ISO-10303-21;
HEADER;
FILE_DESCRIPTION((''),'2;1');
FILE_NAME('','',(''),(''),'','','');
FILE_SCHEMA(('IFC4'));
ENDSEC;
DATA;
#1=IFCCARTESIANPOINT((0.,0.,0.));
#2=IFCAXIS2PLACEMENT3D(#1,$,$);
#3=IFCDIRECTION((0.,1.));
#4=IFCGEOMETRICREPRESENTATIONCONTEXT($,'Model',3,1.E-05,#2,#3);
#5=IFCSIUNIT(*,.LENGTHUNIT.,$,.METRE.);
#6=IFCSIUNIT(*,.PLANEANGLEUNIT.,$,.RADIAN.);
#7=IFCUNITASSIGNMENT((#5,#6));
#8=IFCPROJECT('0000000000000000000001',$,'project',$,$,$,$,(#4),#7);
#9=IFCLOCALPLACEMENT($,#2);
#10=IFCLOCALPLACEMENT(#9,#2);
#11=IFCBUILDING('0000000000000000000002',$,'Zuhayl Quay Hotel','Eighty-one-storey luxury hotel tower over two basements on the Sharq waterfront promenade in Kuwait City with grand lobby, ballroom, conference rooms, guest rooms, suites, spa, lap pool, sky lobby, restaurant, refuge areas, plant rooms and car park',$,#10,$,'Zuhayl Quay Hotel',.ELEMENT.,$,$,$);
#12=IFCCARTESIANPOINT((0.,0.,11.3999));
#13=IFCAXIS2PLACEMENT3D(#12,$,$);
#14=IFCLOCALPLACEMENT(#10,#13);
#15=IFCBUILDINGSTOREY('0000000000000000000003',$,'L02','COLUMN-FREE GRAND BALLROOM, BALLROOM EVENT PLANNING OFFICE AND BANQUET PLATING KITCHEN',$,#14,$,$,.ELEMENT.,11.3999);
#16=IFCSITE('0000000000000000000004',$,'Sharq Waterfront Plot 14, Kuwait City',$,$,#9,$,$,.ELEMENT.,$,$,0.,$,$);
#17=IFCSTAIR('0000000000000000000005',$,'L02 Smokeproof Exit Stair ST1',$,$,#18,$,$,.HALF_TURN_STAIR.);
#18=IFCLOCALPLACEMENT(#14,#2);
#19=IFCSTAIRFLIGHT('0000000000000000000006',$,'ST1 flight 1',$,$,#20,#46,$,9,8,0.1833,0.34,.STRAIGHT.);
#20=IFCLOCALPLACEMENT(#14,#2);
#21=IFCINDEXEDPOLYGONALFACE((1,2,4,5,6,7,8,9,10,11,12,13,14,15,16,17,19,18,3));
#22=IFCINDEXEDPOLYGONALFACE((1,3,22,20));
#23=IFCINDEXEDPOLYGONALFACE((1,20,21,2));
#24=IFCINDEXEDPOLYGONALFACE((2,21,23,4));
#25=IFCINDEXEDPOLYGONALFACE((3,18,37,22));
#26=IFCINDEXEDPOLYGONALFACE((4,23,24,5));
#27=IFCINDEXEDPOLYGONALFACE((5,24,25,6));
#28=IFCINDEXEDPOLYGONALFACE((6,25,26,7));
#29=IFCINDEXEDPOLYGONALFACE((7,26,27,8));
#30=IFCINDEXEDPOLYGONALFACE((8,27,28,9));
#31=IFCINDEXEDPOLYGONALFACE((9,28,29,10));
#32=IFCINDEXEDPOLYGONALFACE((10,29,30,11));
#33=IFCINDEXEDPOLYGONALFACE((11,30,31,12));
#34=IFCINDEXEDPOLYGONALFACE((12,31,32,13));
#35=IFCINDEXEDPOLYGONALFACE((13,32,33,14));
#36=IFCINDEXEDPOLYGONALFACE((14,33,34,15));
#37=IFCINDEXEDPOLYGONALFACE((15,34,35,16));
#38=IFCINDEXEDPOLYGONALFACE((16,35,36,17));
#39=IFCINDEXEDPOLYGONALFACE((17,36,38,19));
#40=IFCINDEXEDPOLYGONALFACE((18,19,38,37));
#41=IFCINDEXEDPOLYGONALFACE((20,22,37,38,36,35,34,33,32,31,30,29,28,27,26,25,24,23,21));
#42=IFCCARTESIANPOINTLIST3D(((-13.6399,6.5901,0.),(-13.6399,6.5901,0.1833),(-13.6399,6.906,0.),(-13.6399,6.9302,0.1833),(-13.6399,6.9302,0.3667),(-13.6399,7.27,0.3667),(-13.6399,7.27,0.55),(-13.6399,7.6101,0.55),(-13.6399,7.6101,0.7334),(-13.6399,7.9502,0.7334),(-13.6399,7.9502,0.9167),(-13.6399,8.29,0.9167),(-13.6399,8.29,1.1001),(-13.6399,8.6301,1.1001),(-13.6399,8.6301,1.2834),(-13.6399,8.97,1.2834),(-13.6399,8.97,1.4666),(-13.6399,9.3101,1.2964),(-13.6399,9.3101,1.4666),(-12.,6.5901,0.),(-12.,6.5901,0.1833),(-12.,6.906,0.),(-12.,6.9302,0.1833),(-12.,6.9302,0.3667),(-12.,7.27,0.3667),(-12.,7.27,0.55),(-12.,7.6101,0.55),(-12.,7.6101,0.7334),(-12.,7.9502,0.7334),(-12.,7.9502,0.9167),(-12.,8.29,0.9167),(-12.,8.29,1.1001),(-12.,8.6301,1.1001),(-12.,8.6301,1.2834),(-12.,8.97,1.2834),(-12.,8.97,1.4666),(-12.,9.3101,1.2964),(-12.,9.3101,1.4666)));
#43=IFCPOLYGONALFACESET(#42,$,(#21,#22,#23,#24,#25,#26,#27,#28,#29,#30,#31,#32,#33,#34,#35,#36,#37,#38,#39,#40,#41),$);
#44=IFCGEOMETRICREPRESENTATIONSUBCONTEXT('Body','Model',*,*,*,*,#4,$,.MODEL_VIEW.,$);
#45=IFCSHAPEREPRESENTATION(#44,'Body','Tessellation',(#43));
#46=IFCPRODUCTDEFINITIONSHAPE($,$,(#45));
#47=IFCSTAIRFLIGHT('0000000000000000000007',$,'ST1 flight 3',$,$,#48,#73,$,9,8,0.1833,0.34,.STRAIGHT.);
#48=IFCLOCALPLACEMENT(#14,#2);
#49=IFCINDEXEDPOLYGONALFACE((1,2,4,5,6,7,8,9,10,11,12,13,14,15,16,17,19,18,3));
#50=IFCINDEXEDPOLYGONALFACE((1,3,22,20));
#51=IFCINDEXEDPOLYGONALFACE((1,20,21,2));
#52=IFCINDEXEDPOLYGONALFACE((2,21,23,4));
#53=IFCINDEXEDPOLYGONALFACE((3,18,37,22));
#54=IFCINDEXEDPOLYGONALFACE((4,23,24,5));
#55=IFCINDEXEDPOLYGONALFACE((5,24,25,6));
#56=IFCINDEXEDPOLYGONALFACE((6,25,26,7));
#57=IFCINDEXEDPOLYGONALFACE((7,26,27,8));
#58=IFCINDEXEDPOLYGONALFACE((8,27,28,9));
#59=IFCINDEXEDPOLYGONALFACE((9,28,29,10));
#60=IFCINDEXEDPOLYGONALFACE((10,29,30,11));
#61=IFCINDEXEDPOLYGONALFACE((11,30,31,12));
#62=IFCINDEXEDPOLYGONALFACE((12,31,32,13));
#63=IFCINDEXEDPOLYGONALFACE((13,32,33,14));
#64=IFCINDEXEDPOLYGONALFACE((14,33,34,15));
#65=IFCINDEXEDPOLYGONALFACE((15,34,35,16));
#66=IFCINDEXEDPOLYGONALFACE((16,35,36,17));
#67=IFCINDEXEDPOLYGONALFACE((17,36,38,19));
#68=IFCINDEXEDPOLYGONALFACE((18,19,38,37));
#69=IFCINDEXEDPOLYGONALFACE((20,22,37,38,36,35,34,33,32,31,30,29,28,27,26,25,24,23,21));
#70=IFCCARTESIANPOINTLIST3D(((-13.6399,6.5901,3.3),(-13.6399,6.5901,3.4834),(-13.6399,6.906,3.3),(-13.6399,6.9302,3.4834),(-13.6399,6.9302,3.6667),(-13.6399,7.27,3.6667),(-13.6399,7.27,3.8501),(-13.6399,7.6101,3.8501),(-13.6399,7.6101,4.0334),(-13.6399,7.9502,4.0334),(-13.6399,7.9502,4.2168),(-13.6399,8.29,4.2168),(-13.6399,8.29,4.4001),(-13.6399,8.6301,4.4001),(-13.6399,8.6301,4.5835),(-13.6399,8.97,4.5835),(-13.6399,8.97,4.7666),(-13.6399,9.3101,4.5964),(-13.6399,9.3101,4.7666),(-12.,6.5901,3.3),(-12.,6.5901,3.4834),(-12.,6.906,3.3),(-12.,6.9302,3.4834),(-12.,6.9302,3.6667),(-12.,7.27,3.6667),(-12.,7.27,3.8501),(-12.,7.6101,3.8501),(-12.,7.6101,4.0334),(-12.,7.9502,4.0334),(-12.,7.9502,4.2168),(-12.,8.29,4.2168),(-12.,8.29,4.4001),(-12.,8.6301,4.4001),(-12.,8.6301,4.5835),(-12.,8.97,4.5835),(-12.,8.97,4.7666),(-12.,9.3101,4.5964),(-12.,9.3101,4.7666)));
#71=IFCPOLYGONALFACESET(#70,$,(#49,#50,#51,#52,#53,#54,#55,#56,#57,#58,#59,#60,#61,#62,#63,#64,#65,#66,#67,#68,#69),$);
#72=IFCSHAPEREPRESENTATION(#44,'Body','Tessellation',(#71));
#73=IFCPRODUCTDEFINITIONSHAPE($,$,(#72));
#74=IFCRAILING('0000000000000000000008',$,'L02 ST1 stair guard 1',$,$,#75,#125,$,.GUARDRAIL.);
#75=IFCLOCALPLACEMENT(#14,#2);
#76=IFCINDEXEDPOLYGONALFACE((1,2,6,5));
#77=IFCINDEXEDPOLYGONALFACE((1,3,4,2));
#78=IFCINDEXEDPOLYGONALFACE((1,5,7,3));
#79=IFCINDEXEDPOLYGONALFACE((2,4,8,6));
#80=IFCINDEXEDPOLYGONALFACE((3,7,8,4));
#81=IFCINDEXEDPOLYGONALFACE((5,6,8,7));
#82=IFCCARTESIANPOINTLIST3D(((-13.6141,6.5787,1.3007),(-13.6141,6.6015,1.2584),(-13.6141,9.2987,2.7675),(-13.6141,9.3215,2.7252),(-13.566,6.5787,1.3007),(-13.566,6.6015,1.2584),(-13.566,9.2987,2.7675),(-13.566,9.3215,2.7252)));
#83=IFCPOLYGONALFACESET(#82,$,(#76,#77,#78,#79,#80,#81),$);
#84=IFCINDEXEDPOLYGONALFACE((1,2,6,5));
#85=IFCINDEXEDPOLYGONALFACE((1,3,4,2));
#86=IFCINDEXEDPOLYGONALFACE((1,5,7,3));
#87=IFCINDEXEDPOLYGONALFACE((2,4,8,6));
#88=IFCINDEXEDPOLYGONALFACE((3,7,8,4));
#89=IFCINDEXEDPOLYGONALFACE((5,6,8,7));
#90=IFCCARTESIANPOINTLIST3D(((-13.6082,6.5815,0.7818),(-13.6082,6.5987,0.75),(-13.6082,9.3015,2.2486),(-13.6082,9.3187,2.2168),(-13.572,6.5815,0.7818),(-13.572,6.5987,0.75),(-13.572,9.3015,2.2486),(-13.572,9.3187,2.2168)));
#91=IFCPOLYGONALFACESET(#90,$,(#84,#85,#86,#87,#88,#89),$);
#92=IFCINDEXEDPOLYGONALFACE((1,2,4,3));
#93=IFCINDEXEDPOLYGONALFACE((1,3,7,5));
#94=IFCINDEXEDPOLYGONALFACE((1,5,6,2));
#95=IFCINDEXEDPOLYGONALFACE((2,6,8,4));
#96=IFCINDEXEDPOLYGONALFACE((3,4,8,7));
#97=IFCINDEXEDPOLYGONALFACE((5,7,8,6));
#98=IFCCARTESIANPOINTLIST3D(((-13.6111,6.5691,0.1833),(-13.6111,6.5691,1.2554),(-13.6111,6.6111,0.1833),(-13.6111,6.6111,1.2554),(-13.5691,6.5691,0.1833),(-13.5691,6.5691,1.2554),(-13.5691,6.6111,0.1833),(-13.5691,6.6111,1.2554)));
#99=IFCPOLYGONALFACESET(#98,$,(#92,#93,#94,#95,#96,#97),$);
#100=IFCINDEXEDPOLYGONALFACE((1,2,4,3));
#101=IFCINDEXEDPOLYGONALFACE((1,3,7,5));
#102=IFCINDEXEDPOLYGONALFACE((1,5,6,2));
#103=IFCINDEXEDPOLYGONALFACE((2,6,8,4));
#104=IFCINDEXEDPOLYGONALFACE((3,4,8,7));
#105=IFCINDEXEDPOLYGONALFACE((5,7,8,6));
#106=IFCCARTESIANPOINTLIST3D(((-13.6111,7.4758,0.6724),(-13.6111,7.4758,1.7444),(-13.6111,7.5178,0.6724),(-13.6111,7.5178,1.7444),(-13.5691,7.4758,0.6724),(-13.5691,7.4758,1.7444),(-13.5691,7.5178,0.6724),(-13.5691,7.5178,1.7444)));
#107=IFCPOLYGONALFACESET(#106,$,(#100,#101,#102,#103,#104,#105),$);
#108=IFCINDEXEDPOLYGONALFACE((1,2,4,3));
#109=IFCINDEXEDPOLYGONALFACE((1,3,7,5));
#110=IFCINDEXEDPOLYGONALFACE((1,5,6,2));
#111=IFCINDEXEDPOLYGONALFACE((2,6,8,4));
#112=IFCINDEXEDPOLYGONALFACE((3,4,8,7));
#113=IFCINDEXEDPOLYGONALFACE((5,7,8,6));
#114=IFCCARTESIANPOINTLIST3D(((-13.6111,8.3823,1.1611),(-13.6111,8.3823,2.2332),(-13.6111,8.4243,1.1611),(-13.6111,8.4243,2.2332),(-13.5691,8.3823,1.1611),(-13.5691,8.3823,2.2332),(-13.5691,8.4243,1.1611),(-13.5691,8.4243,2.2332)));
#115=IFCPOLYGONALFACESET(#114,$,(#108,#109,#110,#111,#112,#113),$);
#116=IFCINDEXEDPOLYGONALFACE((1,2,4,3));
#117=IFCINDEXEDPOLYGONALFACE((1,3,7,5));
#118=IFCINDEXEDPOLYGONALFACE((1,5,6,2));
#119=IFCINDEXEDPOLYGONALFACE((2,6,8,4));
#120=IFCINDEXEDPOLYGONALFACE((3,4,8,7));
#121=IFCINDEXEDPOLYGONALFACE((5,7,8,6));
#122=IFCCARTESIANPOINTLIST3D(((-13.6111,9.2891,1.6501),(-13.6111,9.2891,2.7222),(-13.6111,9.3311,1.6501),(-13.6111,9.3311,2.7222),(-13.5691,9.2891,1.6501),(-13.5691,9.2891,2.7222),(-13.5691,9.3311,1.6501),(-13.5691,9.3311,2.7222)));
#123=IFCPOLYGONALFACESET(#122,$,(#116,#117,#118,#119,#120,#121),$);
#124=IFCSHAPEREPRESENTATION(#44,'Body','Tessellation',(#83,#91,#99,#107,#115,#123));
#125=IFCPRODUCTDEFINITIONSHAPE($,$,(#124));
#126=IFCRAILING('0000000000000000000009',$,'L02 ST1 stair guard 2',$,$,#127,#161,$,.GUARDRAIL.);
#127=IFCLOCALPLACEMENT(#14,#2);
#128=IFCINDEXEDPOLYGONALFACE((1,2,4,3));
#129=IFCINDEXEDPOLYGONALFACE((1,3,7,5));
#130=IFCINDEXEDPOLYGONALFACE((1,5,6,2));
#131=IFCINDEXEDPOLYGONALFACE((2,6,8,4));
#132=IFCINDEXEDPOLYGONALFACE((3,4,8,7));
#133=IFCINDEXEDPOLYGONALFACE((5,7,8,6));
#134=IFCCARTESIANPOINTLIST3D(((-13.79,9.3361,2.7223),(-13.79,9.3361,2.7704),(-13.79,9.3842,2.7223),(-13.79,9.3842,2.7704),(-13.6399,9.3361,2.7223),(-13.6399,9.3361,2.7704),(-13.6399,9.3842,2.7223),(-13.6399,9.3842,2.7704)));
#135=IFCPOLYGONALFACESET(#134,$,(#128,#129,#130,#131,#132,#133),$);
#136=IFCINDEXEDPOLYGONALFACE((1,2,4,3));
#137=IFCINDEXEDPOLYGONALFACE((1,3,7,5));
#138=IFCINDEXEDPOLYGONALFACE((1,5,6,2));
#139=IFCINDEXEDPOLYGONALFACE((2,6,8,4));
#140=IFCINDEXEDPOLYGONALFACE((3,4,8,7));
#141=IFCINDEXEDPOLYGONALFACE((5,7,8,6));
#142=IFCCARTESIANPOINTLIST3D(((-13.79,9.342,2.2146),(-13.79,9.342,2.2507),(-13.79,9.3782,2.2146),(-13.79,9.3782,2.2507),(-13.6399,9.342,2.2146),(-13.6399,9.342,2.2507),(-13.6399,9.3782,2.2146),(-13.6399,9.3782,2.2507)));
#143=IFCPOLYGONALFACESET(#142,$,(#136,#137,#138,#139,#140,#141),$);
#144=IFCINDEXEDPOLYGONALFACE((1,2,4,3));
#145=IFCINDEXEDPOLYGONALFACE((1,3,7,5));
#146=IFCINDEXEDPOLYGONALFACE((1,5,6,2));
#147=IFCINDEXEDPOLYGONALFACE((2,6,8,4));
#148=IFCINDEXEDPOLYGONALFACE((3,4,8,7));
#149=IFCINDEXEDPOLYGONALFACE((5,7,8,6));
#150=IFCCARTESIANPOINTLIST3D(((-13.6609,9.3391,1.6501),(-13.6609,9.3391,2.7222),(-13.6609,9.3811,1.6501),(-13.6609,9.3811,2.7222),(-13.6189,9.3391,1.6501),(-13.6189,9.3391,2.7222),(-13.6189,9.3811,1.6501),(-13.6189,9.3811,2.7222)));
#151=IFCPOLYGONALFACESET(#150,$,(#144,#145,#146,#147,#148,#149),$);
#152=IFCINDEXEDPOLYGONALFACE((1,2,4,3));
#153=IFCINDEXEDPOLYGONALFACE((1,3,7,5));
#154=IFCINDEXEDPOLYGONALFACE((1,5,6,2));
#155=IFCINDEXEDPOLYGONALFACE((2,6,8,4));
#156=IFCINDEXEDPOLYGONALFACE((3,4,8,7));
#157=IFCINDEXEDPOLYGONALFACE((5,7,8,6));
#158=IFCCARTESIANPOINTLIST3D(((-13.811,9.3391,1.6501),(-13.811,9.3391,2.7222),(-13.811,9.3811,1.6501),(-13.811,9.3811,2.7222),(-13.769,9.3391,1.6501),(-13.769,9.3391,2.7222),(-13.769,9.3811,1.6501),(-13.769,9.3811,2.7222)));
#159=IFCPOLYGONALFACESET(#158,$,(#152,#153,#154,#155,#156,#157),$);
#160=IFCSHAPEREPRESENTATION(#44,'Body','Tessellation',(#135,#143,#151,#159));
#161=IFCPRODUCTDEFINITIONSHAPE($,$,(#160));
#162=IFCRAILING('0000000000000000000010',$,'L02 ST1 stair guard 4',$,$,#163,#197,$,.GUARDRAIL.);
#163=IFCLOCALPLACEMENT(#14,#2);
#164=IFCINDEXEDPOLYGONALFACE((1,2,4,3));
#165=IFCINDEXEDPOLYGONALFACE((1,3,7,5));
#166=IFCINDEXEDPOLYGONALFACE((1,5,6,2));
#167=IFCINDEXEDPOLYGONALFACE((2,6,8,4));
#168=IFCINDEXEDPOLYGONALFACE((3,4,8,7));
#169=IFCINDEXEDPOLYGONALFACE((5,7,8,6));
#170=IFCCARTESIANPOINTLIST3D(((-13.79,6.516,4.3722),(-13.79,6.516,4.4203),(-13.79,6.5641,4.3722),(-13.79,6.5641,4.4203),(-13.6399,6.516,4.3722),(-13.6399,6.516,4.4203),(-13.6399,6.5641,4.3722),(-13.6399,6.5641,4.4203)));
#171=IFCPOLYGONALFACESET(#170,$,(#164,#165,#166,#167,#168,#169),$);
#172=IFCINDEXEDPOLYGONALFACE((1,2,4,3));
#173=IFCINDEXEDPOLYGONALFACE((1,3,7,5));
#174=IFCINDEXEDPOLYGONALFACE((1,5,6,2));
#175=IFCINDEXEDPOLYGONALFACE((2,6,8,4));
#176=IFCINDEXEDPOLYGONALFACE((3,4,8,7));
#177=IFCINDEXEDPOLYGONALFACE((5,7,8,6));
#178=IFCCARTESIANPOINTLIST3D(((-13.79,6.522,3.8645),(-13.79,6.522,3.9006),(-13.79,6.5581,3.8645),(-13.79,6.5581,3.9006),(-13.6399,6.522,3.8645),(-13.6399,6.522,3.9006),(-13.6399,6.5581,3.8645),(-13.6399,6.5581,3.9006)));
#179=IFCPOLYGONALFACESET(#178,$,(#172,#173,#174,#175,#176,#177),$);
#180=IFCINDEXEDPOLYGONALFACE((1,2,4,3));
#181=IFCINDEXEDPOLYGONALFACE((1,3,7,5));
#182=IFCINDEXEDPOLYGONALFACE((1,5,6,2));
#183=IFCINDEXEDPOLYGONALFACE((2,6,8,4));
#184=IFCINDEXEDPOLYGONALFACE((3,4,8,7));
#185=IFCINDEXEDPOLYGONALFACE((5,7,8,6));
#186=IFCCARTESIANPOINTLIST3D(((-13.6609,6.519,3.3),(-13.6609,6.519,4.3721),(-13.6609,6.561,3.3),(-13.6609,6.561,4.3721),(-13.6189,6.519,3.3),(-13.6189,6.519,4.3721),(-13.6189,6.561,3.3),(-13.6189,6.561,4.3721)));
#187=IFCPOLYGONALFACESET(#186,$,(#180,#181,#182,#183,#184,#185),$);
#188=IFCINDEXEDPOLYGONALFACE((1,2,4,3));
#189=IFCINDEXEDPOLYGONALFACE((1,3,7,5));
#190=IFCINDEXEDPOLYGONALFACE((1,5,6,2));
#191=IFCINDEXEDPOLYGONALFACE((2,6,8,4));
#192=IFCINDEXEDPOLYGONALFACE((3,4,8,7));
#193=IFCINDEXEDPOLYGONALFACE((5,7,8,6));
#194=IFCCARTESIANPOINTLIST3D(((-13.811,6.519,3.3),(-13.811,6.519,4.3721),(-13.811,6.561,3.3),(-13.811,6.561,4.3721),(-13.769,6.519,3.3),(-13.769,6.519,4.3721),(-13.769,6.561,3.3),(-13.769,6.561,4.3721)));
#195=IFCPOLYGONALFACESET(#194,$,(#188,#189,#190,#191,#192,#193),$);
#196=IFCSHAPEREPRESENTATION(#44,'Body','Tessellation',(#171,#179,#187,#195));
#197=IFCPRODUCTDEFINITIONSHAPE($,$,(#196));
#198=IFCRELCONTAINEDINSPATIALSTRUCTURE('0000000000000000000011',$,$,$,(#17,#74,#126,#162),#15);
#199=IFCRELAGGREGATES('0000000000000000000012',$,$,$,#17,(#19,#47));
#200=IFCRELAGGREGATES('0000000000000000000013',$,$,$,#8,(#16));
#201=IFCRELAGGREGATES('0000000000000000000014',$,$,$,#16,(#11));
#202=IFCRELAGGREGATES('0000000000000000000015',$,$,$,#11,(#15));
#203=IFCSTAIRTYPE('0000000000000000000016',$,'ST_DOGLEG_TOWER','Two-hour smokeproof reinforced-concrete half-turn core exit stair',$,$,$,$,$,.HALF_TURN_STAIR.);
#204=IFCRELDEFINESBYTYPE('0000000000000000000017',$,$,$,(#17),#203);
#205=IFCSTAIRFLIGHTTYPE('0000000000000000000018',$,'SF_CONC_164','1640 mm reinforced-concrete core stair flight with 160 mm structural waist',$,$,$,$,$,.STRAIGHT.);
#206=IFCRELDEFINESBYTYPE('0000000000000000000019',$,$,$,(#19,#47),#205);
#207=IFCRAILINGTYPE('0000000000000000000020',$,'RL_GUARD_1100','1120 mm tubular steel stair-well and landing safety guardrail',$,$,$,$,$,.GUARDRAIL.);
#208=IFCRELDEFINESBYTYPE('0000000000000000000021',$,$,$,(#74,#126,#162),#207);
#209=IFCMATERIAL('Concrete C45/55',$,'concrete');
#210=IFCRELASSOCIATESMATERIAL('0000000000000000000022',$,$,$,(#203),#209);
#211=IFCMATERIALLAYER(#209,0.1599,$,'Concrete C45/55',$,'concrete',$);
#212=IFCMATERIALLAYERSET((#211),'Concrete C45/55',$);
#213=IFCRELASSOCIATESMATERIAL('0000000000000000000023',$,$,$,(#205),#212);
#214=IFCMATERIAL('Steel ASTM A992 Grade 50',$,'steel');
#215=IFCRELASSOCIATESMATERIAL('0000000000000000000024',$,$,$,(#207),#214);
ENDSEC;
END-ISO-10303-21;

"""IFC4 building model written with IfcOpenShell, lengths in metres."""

from ifc_helpers import new_model, si_unit, direction, frame, origin, origin_2d, place, context, subcontext, project, spatial, polyline, rectangle, outline, extrude, material, layer, layer_set, type_object, element, aggregate, save


model = new_model("IFC4")

# Units and contexts
model_context = context("Model", 3, precision=1e-05, world=origin(), true_north=direction((0.0, 1.0)))
body_context = subcontext(model_context, "Body", "Model", "MODEL_VIEW")
ifc_project = project(units=[si_unit("LENGTHUNIT", "METRE"), si_unit("PLANEANGLEUNIT", "RADIAN")], contexts=[model_context])

# Site, building, storey
site_placement = place(None, origin())
site = spatial("IfcSite", under=ifc_project, at=site_placement, Name="Sharq Waterfront Plot 14, Kuwait City", CompositionType="ELEMENT", RefElevation=0.0)
building_placement = place(site_placement, origin())
building = spatial("IfcBuilding", under=site, at=building_placement, Name="Zuhayl Quay Hotel", Description="Eighty-one-storey luxury hotel tower over two basements on the Sharq waterfront promenade in Kuwait City with grand lobby, ballroom, conference rooms, guest rooms, suites, spa, lap pool, sky lobby, restaurant, refuge areas, plant rooms and car park", LongName="Zuhayl Quay Hotel", CompositionType="ELEMENT")
storey_placement = place(building_placement, frame((0.0, 0.0, 11.3999)))
storey = spatial("IfcBuildingStorey", under=building, at=storey_placement, Name="L02", Description="COLUMN-FREE GRAND BALLROOM, BALLROOM EVENT PLANNING OFFICE AND BANQUET PLATING KITCHEN", CompositionType="ELEMENT", Elevation=11.3999)

# Shared definitions
ifc_material_1 = material(Name="Steel ASTM A992 Grade 50", Category="steel")

# Stair, stair flights
ifc_material_2 = material(Name="Concrete C45/55", Category="concrete")
stair_type = type_object("IfcStairType", Name="ST_DOGLEG_TOWER", Description="Two-hour smokeproof reinforced-concrete half-turn core exit stair", PredefinedType="HALF_TURN_STAIR", material=ifc_material_2)
stair_placement = place(storey_placement, origin())
stair = element("IfcStair", 1, at=stair_placement, inside=storey, type_object=stair_type, Name="L02 Smokeproof Exit Stair ST1", PredefinedType="HALF_TURN_STAIR")
ifc_layer_1 = layer(ifc_material_2, 0.1599, Name="Concrete C45/55", Category="concrete")
ifc_layer_set_1 = layer_set([ifc_layer_1], Name="Concrete C45/55")
stair_flight_type = type_object("IfcStairFlightType", Name="SF_CONC_164", Description="1640 mm reinforced-concrete core stair flight with 160 mm structural waist", PredefinedType="STRAIGHT", material=ifc_layer_set_1)
stair_flight_1_placement = place(storey_placement, frame((-12.8201, 6.5901, 0.0), z_axis=(0.0, 0.0, 1.0), x_axis=(0.0, 1.0, 0.0)))
stair_flight_1 = element("IfcStairFlight", 2, at=stair_flight_1_placement, type_object=stair_flight_type, Name="ST1 flight 1", NumberOfRisers=9, NumberOfTreads=8, PredefinedType="STRAIGHT", RiserHeight=0.1833, TreadLength=0.34, context=body_context, shape_type="SweptSolid", body=[
    extrude(outline(polyline([(0.0, 0.0), (0.0, 0.1833), (0.3401, 0.1833), (0.3401, 0.3667), (0.6799, 0.3667), (0.6799, 0.55), (1.02, 0.55), (1.02, 0.7334), (1.3601, 0.7334), (1.3601, 0.9167), (1.7, 0.9167), (1.7, 1.1001), (2.04, 1.1001), (2.04, 1.2834), (2.3799, 1.2834), (2.3799, 1.4666), (2.72, 1.4666), (2.72, 1.6499), (2.72, 1.2964), (0.3159, 0.0), (0.0, 0.0)])), frame((0.0, 0.8198, 0.0), z_axis=(0.0, -1.0, 0.0), x_axis=(1.0, 0.0, 0.0)), (0.0, 0.0, 1.0), 1.6399),
])
stair_flight_2_placement = place(storey_placement, frame((-12.8201, 6.5901, 3.3), z_axis=(0.0, 0.0, 1.0), x_axis=(0.0, 1.0, 0.0)))
stair_flight_2 = element("IfcStairFlight", 3, at=stair_flight_2_placement, type_object=stair_flight_type, Name="ST1 flight 3", NumberOfRisers=9, NumberOfTreads=8, PredefinedType="STRAIGHT", RiserHeight=0.1833, TreadLength=0.34, context=body_context, shape_type="SweptSolid", body=[
    extrude(outline(polyline([(0.0, 0.0), (0.0, 0.1833), (0.3401, 0.1833), (0.3401, 0.3667), (0.6799, 0.3667), (0.6799, 0.55), (1.02, 0.55), (1.02, 0.7334), (1.3601, 0.7334), (1.3601, 0.9167), (1.7, 0.9167), (1.7, 1.1001), (2.04, 1.1001), (2.04, 1.2834), (2.3799, 1.2834), (2.3799, 1.4666), (2.72, 1.4666), (2.72, 1.6499), (2.72, 1.2964), (0.3159, 0.0), (0.0, 0.0)])), frame((0.0, 0.8198, 0.0), z_axis=(0.0, -1.0, 0.0), x_axis=(1.0, 0.0, 0.0)), (0.0, 0.0, 1.0), 1.6399),
])
aggregate(stair, [stair_flight_1, stair_flight_2])

# Railings
railing_type_1 = type_object("IfcRailingType", Name="RL_GUARD_1100", Description="1120 mm tubular steel stair-well and landing safety guardrail", PredefinedType="GUARDRAIL", material=ifc_material_1)
railing_1_placement = place(storey_placement, frame((-13.5901, 6.5901, 0.1833)))
element("IfcRailing", 4, at=railing_1_placement, inside=storey, type_object=railing_type_1, Name="L02 ST1 stair guard 1", PredefinedType="GUARDRAIL", context=body_context, shape_type="SweptSolid", body=[
    extrude(rectangle(XDim=0.0481, YDim=0.0481, at=origin_2d()), frame((0.0, 0.0, 1.0962), z_axis=(0.0, 0.880174, 0.474651), x_axis=(-1.0, 0.0, 0.0)), (0.0, 0.0, 1.0), 3.0903),
    extrude(rectangle(XDim=0.0361, YDim=0.0361, at=origin_2d()), frame((0.0, 0.0, 0.5825), z_axis=(0.0, 0.880174, 0.474651), x_axis=(-1.0, 0.0, 0.0)), (0.0, 0.0, 1.0), 3.0903),
    extrude(rectangle(XDim=0.042, YDim=0.042, at=origin_2d()), origin(), (0.0, 0.0, 1.0), 1.072),
    extrude(rectangle(XDim=0.042, YDim=0.042, at=origin_2d()), frame((0.0, 0.9067, 0.489)), (0.0, 0.0, 1.0), 1.072),
    extrude(rectangle(XDim=0.042, YDim=0.042, at=origin_2d()), frame((0.0, 1.8132, 0.9778)), (0.0, 0.0, 1.0), 1.072),
    extrude(rectangle(XDim=0.042, YDim=0.042, at=origin_2d()), frame((0.0, 2.72, 1.4668)), (0.0, 0.0, 1.0), 1.072),
])
for number, where, name in (
    (5, (-13.6399, 9.3601, 1.6501), "L02 ST1 stair guard 2"),
    (6, (-13.6399, 6.54, 3.3), "L02 ST1 stair guard 4"),
):
    element("IfcRailing", number, at=place(storey_placement, frame(where)), inside=storey, type_object=railing_type_1, Name=name, PredefinedType="GUARDRAIL", context=body_context, shape_type="SweptSolid", body=[
        extrude(rectangle(XDim=0.0481, YDim=0.0481, at=origin_2d()), frame((0.0, 0.0, 1.0962), z_axis=(-1.0, 0.0, 0.0), x_axis=(0.0, -1.0, 0.0)), (0.0, 0.0, 1.0), 0.1501),
        extrude(rectangle(XDim=0.0361, YDim=0.0361, at=origin_2d()), frame((0.0, 0.0, 0.5825), z_axis=(-1.0, 0.0, 0.0), x_axis=(0.0, -1.0, 0.0)), (0.0, 0.0, 1.0), 0.1501),
        extrude(rectangle(XDim=0.042, YDim=0.042, at=origin_2d()), origin(), (0.0, 0.0, 1.0), 1.072),
        extrude(rectangle(XDim=0.042, YDim=0.042, at=origin_2d()), frame((-0.1501, 0.0, 0.0)), (0.0, 0.0, 1.0), 1.072),
    ])

save(model, "model.ifc")
